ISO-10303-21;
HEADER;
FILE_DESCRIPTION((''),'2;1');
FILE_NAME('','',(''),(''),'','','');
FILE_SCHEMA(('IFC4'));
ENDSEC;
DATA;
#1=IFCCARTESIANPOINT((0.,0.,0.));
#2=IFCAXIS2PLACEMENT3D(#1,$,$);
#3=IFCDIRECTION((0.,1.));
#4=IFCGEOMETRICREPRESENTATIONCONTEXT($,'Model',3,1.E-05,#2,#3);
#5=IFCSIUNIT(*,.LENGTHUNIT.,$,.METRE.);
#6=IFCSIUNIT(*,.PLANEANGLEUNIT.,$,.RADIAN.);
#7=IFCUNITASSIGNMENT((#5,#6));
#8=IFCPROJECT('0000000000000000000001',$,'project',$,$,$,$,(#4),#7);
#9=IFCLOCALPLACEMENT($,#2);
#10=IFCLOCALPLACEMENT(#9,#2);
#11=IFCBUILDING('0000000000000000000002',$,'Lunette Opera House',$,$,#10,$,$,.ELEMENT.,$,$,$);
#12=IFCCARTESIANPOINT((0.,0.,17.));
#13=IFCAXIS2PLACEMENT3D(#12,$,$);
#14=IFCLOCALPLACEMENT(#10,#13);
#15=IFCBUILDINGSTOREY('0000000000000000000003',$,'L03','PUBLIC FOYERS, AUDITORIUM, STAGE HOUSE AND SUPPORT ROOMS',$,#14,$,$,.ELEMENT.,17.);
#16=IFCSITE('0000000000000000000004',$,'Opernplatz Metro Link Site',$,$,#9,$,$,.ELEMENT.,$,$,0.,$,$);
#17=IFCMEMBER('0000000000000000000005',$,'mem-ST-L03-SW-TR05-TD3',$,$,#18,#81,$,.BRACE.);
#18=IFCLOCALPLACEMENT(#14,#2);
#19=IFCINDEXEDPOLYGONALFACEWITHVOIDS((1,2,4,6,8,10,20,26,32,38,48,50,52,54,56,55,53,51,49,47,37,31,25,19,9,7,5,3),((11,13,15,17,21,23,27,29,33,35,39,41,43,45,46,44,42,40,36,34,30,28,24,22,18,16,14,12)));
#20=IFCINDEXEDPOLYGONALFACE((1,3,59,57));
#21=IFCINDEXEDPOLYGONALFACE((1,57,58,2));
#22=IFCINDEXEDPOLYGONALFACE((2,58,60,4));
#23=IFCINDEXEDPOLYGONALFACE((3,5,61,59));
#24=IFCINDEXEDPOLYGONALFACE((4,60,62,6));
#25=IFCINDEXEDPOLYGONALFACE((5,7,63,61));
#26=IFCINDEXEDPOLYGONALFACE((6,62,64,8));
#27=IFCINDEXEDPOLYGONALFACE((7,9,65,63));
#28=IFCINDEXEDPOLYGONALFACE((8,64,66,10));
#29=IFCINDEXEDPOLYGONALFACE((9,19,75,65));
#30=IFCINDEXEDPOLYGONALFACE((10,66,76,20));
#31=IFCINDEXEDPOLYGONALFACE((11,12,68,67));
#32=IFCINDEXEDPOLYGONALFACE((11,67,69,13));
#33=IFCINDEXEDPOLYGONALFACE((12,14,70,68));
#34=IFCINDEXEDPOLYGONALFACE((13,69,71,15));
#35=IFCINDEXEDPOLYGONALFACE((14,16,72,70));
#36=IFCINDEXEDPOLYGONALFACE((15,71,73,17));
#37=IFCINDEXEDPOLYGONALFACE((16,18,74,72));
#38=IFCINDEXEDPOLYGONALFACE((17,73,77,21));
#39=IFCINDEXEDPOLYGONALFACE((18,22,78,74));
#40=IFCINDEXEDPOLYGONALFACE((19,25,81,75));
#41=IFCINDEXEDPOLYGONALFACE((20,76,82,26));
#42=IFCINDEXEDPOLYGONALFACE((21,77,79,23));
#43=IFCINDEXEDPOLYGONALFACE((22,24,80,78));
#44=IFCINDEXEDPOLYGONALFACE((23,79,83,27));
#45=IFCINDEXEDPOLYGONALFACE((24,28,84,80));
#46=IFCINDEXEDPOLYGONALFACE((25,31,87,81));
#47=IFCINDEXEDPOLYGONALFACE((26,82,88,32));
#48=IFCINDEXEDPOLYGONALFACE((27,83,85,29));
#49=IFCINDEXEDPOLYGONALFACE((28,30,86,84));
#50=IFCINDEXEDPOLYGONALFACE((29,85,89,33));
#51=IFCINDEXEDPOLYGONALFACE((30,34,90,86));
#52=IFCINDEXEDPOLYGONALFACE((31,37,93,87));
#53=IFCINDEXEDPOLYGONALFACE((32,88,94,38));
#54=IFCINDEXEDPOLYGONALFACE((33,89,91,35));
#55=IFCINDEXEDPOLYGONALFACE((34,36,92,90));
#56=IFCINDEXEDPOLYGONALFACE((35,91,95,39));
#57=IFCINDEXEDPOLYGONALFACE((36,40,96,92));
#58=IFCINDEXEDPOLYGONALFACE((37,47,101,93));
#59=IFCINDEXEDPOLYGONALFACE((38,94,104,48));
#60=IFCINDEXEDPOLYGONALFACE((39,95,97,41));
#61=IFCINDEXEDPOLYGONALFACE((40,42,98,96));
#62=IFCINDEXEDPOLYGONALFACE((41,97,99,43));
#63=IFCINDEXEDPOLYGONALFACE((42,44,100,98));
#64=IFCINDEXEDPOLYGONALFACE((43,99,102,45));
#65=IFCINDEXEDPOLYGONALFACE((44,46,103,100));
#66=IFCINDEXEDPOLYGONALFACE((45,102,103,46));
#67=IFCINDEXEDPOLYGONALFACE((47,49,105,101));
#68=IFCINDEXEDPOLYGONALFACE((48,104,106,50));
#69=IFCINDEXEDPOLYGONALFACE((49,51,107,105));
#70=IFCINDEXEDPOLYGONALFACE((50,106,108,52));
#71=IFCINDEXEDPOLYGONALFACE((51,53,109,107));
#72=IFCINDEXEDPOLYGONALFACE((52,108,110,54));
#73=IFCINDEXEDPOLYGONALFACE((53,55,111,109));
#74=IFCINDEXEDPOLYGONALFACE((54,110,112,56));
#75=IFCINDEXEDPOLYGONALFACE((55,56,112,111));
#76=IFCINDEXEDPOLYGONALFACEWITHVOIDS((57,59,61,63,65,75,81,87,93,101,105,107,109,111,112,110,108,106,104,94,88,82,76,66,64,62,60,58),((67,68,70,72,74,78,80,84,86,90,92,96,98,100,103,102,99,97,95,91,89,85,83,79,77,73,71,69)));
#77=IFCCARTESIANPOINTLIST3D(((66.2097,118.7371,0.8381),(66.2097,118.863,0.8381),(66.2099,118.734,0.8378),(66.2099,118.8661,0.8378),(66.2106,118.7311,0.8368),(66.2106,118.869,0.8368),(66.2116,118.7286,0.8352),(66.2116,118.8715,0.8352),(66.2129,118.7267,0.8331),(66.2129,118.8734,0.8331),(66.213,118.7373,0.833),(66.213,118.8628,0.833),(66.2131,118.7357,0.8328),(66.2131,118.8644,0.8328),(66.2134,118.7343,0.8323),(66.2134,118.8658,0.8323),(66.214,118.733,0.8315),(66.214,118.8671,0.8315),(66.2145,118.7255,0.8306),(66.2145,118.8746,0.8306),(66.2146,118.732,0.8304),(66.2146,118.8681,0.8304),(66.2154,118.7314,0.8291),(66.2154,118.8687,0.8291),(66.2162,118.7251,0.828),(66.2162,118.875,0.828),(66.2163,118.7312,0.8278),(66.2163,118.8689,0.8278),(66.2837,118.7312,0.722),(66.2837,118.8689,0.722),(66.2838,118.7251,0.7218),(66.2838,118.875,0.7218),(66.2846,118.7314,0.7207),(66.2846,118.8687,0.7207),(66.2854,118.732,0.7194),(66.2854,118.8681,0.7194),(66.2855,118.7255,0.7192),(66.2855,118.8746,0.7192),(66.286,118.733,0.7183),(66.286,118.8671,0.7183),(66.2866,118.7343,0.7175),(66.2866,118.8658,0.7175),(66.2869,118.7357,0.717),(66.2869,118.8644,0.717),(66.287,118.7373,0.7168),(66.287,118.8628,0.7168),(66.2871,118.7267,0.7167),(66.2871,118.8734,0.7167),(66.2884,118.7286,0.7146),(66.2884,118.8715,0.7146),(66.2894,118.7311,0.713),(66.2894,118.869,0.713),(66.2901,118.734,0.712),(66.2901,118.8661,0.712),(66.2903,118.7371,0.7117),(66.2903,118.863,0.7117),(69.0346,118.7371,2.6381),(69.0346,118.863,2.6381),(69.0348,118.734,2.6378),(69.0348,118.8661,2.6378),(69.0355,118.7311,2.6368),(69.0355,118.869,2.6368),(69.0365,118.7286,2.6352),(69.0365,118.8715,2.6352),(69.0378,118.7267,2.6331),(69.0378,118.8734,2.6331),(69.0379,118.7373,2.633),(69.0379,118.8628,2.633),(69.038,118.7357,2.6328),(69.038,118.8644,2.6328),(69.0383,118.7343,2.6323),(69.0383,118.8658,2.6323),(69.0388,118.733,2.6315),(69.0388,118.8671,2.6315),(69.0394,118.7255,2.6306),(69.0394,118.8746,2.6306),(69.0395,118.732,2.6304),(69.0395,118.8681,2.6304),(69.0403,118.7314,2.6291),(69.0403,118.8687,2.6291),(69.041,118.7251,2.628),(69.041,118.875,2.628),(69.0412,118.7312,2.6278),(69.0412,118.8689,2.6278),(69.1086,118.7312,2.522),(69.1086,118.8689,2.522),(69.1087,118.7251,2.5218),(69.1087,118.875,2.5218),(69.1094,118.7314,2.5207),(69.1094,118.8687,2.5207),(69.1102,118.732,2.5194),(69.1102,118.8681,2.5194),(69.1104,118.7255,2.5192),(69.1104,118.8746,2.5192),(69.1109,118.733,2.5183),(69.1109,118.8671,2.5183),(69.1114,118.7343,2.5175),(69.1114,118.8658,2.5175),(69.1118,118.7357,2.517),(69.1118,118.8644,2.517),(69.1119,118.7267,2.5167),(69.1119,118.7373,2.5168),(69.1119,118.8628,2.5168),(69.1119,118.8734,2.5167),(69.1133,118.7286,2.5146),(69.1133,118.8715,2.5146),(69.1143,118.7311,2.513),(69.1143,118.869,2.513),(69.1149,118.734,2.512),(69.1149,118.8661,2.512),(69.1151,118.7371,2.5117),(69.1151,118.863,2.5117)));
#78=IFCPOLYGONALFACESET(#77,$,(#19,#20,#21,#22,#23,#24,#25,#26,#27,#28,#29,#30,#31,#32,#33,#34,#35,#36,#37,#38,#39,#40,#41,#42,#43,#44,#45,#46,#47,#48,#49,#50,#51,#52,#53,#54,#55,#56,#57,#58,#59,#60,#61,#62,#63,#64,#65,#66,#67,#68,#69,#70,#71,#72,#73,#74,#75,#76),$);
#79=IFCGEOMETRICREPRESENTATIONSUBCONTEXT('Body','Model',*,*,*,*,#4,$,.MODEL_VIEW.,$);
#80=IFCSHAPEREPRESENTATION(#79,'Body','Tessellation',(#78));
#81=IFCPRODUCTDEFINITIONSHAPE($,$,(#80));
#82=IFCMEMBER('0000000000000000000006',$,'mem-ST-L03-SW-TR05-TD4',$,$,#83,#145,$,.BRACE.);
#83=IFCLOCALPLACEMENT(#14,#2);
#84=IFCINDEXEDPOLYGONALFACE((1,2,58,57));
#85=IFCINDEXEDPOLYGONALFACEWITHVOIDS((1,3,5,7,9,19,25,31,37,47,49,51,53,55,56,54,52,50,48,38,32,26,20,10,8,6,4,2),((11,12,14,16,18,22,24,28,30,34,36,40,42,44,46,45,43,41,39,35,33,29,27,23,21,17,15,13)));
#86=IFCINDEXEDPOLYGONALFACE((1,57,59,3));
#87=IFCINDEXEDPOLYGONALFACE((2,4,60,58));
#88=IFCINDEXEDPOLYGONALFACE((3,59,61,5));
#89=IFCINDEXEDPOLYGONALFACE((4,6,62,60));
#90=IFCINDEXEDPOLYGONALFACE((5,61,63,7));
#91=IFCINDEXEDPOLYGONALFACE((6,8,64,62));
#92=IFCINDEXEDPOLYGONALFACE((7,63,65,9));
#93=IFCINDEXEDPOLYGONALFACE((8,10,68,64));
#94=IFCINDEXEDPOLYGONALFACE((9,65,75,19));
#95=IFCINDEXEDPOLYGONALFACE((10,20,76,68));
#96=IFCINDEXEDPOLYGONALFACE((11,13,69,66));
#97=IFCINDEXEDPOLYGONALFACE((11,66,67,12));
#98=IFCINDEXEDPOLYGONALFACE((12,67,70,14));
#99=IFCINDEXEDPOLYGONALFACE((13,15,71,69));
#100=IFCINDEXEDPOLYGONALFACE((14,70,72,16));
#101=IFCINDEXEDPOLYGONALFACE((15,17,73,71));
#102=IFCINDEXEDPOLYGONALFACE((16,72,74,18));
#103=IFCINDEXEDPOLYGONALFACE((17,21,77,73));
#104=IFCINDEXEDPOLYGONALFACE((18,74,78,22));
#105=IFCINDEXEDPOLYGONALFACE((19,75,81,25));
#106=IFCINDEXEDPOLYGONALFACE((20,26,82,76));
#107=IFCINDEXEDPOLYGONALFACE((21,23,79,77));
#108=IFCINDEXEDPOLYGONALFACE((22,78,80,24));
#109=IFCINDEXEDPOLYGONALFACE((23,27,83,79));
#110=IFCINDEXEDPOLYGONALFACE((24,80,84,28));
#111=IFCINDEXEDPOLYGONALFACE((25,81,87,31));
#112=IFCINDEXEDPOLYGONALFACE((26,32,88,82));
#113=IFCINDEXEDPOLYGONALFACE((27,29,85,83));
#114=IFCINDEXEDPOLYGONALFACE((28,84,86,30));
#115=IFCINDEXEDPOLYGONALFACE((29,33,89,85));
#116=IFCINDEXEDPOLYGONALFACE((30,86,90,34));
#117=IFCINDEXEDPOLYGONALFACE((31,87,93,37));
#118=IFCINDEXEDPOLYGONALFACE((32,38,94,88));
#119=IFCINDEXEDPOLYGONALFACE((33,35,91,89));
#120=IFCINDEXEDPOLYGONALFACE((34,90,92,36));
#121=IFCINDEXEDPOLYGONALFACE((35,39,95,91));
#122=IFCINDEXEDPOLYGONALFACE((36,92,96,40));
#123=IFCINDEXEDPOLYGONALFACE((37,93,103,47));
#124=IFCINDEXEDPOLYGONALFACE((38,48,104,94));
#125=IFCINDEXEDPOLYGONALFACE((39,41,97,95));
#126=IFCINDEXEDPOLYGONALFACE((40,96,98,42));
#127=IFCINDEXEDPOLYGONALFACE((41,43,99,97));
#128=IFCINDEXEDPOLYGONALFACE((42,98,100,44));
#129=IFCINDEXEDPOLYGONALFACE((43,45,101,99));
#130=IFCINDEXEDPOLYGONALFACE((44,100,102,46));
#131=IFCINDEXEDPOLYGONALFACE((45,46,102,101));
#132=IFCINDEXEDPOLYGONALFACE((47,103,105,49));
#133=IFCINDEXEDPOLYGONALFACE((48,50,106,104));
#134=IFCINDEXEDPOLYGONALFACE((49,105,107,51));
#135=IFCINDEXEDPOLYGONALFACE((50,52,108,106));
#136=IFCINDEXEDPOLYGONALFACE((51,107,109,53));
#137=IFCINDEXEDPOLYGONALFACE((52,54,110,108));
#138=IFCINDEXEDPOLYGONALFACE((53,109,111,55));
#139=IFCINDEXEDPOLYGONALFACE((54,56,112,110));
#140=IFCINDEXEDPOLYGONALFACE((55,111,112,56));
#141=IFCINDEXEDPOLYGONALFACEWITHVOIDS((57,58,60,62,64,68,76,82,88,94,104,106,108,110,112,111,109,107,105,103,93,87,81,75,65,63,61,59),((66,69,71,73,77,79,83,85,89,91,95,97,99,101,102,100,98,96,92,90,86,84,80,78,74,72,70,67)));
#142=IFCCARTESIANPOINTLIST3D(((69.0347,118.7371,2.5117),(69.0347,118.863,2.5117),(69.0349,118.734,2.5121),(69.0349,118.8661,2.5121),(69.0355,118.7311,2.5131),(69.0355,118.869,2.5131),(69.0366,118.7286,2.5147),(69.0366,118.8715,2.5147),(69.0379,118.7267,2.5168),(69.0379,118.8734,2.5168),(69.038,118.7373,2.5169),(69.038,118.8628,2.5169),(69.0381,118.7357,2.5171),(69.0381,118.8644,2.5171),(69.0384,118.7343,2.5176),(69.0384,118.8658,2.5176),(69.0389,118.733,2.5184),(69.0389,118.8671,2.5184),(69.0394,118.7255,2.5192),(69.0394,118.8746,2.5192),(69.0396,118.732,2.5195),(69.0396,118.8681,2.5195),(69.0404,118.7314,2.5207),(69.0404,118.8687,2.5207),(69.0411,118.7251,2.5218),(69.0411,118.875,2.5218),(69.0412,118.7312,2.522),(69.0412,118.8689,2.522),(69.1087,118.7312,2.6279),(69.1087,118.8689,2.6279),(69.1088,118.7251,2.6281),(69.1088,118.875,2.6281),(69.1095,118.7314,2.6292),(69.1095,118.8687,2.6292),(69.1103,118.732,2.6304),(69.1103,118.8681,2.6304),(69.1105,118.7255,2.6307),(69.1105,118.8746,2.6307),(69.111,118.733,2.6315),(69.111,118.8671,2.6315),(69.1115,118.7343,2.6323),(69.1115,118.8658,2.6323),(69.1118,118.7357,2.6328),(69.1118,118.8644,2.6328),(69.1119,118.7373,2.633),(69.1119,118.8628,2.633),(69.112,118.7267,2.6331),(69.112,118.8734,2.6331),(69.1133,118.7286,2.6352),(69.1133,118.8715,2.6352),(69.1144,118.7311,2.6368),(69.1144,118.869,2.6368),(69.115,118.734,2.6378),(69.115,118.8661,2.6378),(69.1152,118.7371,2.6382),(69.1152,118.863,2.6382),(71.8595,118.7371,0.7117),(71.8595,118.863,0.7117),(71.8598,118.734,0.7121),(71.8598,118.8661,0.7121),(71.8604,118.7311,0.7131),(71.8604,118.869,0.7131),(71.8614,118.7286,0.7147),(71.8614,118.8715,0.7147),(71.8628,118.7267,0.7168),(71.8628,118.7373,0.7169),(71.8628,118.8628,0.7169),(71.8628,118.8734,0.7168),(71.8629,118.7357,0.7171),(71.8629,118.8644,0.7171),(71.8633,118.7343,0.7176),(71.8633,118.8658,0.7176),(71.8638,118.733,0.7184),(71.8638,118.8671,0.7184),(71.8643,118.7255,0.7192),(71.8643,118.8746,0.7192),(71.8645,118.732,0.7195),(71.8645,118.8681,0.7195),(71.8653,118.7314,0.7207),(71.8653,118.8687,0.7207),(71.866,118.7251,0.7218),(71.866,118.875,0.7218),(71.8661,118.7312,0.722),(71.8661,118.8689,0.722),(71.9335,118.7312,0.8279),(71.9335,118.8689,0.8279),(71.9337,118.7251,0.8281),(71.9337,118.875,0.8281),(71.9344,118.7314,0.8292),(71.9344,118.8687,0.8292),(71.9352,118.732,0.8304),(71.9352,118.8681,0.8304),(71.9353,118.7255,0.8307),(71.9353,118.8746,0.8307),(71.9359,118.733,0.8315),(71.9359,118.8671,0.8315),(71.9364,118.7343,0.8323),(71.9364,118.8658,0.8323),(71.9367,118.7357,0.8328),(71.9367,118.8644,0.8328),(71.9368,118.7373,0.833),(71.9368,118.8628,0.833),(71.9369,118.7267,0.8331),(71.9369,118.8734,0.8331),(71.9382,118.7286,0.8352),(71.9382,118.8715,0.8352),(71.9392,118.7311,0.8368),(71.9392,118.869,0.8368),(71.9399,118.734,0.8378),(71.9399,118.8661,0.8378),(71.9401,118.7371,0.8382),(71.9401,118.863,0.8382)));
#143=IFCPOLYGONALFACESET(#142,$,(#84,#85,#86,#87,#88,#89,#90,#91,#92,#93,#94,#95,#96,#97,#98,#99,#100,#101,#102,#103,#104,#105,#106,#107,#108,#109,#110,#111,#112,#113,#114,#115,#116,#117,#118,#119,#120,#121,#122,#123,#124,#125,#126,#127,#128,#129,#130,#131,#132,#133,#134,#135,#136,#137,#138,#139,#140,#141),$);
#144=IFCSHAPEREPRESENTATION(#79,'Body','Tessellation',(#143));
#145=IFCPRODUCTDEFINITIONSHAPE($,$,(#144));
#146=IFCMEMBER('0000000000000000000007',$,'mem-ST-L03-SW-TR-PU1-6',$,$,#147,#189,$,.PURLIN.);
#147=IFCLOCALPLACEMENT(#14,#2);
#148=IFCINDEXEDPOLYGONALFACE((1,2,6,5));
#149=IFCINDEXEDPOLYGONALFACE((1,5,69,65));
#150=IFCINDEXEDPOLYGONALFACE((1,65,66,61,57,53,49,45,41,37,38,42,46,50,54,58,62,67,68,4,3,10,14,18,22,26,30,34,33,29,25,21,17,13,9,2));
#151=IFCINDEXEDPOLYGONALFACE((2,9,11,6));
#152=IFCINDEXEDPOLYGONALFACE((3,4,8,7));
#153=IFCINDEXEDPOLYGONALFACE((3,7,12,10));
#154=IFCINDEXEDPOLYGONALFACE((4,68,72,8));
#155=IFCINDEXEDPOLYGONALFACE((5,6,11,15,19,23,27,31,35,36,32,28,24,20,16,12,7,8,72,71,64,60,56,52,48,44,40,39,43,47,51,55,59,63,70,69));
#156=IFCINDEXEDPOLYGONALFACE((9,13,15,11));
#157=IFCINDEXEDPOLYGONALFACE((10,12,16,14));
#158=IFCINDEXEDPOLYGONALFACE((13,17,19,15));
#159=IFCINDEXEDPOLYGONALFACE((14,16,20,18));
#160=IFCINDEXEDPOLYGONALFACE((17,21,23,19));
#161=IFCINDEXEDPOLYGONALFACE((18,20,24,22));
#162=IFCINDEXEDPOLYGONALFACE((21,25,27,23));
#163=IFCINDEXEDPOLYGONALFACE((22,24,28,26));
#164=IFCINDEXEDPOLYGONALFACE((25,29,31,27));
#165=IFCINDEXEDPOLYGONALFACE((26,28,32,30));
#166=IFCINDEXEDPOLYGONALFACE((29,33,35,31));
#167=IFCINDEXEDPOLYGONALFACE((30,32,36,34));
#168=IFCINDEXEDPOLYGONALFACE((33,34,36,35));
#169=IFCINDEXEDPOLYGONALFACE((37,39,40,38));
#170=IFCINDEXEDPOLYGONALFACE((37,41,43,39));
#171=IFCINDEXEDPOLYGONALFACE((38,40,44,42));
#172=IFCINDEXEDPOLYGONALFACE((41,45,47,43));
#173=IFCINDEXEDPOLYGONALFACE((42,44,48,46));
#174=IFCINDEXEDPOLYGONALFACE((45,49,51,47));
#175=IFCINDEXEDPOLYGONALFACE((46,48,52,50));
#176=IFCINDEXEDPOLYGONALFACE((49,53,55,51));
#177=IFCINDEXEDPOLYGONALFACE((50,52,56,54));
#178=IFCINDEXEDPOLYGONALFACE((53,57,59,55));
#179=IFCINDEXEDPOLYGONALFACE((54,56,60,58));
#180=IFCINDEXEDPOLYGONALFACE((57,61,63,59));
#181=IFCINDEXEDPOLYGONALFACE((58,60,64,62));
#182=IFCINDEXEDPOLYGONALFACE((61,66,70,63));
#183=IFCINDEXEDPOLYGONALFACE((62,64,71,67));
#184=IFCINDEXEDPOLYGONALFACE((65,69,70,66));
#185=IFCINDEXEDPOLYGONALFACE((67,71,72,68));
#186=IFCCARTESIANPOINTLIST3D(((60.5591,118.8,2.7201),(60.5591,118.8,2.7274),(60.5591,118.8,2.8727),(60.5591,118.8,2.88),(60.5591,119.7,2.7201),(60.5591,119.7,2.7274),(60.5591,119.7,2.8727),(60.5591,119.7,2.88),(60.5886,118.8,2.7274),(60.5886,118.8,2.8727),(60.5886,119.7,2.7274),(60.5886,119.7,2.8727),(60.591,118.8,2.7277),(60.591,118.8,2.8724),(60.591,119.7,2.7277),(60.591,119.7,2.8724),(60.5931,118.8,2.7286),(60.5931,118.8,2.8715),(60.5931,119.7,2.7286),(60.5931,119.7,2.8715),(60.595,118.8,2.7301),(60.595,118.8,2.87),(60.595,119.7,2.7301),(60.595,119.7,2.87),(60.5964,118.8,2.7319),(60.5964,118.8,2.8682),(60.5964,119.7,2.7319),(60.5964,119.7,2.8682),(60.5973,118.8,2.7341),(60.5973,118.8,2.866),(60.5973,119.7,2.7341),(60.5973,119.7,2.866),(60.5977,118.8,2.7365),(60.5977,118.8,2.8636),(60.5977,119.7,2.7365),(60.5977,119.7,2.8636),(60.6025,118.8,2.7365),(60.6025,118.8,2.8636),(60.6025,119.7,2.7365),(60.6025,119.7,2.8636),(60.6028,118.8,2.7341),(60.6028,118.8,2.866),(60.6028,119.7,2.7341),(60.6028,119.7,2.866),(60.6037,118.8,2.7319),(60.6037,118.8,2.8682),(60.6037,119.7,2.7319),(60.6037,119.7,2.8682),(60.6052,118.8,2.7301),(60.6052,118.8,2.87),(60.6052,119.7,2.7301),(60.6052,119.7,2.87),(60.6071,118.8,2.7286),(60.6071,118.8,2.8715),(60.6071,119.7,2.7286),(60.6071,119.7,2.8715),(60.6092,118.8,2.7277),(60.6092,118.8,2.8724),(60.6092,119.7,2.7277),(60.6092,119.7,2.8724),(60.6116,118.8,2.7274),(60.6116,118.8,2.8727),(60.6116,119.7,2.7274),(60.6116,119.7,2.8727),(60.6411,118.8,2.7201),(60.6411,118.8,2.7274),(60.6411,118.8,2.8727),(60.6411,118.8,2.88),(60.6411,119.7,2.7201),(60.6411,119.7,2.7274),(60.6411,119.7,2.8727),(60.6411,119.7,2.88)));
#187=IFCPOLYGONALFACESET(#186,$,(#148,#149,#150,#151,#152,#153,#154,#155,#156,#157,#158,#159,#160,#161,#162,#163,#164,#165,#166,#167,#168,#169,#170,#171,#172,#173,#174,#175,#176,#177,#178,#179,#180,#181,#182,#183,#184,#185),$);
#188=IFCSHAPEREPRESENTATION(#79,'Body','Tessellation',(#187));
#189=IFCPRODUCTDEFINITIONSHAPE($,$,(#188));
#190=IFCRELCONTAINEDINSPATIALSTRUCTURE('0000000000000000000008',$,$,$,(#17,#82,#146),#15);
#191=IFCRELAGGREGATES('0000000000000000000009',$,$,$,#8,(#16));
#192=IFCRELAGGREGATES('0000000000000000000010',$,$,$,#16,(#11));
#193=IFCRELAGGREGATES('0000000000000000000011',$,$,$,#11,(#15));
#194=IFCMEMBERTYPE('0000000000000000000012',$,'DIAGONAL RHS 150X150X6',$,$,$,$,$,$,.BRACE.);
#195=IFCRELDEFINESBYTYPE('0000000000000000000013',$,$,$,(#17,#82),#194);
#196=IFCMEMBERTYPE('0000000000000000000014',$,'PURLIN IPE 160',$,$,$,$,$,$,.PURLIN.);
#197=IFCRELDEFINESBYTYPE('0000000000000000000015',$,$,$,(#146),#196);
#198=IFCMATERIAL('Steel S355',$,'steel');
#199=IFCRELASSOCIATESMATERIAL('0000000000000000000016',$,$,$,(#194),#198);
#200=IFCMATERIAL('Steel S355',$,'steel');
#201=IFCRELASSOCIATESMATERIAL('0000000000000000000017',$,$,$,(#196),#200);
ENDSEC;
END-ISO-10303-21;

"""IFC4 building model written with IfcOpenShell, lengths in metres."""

from ifc_helpers import new_model, si_unit, direction, frame, origin, origin_2d, place, context, subcontext, project, spatial, hollow_rectangle, i_section, extrude, material, material_profile, profile_set, type_object, element, save


model = new_model("IFC4")

# Units and contexts
model_context = context("Model", 3, precision=1e-05, world=origin(), true_north=direction((0.0, 1.0)))
body_context = subcontext(model_context, "Body", "Model", "MODEL_VIEW")
ifc_project = project(units=[si_unit("LENGTHUNIT", "METRE"), si_unit("PLANEANGLEUNIT", "RADIAN")], contexts=[model_context])

# Site, building, storey
site_placement = place(None, origin())
site = spatial("IfcSite", under=ifc_project, at=site_placement, Name="Opernplatz Metro Link Site", CompositionType="ELEMENT", RefElevation=0.0)
building_placement = place(site_placement, origin())
building = spatial("IfcBuilding", under=site, at=building_placement, Name="Lunette Opera House", CompositionType="ELEMENT")
storey_placement = place(building_placement, frame((0.0, 0.0, 17.0)))
storey = spatial("IfcBuildingStorey", under=building, at=storey_placement, Name="L03", Description="PUBLIC FOYERS, AUDITORIUM, STAGE HOUSE AND SUPPORT ROOMS", CompositionType="ELEMENT", Elevation=17.0)

# Members
ifc_material_1 = material(Name="Steel S355", Category="steel")
ifc_material_profile_1 = material_profile(ifc_material_1, hollow_rectangle(XDim=0.1499, YDim=0.1499, WallThickness=0.0061, InnerFilletRadius=0.0061, OuterFilletRadius=0.012, at=origin_2d()), Name="RHS 150X150X6")
ifc_profile_set_1 = profile_set([ifc_material_profile_1], Name="Steel S355")
member_type_1 = type_object("IfcMemberType", Name="DIAGONAL RHS 150X150X6", PredefinedType="BRACE", material=ifc_profile_set_1)
for number, where, z_axis, x_axis, name in (
    (1, (66.25, 118.8, 0.7749), (0.843343, 0.0, 0.537375), (0.0, 1.0, 0.0), "mem-ST-L03-SW-TR05-TD3"),
    (2, (69.075, 118.8, 2.575), (0.843343, 0.0, -0.537375), (0.0, 1.0, 0.0), "mem-ST-L03-SW-TR05-TD4"),
):
    element("IfcMember", number, at=place(storey_placement, frame(where, z_axis=z_axis, x_axis=x_axis)), inside=storey, type_object=member_type_1, Name=name, PredefinedType="BRACE", context=body_context, shape_type="SweptSolid", body=[
        extrude(hollow_rectangle(XDim=0.1499, YDim=0.1499, WallThickness=0.0061, InnerFilletRadius=0.0061, OuterFilletRadius=0.012, at=origin_2d()), origin(), (0.0, 0.0, 1.0), 3.3496),
    ])
ifc_material_2 = material(Name="Steel S355", Category="steel")
ifc_material_profile_2 = material_profile(ifc_material_2, i_section(OverallWidth=0.082, OverallDepth=0.1599, WebThickness=0.0049, FlangeThickness=0.0073, FilletRadius=0.009, at=origin_2d()), Name="IPE 160")
ifc_profile_set_2 = profile_set([ifc_material_profile_2], Name="Steel S355")
member_type_2 = type_object("IfcMemberType", Name="PURLIN IPE 160", PredefinedType="PURLIN", material=ifc_profile_set_2)
for number, where, z_axis, x_axis, name in (
    (3, (60.6001, 118.8, 2.8), (0.0, 1.0, 0.0), (-1.0, 0.0, 0.0), "mem-ST-L03-SW-TR-PU1-6"),
):
    element("IfcMember", number, at=place(storey_placement, frame(where, z_axis=z_axis, x_axis=x_axis)), inside=storey, type_object=member_type_2, Name=name, PredefinedType="PURLIN", context=body_context, shape_type="SweptSolid", body=[
        extrude(i_section(OverallWidth=0.082, OverallDepth=0.1599, WebThickness=0.0049, FlangeThickness=0.0073, FilletRadius=0.009, at=origin_2d()), origin(), (0.0, 0.0, 1.0), 0.8999),
    ])

save(model, "model.ifc")
